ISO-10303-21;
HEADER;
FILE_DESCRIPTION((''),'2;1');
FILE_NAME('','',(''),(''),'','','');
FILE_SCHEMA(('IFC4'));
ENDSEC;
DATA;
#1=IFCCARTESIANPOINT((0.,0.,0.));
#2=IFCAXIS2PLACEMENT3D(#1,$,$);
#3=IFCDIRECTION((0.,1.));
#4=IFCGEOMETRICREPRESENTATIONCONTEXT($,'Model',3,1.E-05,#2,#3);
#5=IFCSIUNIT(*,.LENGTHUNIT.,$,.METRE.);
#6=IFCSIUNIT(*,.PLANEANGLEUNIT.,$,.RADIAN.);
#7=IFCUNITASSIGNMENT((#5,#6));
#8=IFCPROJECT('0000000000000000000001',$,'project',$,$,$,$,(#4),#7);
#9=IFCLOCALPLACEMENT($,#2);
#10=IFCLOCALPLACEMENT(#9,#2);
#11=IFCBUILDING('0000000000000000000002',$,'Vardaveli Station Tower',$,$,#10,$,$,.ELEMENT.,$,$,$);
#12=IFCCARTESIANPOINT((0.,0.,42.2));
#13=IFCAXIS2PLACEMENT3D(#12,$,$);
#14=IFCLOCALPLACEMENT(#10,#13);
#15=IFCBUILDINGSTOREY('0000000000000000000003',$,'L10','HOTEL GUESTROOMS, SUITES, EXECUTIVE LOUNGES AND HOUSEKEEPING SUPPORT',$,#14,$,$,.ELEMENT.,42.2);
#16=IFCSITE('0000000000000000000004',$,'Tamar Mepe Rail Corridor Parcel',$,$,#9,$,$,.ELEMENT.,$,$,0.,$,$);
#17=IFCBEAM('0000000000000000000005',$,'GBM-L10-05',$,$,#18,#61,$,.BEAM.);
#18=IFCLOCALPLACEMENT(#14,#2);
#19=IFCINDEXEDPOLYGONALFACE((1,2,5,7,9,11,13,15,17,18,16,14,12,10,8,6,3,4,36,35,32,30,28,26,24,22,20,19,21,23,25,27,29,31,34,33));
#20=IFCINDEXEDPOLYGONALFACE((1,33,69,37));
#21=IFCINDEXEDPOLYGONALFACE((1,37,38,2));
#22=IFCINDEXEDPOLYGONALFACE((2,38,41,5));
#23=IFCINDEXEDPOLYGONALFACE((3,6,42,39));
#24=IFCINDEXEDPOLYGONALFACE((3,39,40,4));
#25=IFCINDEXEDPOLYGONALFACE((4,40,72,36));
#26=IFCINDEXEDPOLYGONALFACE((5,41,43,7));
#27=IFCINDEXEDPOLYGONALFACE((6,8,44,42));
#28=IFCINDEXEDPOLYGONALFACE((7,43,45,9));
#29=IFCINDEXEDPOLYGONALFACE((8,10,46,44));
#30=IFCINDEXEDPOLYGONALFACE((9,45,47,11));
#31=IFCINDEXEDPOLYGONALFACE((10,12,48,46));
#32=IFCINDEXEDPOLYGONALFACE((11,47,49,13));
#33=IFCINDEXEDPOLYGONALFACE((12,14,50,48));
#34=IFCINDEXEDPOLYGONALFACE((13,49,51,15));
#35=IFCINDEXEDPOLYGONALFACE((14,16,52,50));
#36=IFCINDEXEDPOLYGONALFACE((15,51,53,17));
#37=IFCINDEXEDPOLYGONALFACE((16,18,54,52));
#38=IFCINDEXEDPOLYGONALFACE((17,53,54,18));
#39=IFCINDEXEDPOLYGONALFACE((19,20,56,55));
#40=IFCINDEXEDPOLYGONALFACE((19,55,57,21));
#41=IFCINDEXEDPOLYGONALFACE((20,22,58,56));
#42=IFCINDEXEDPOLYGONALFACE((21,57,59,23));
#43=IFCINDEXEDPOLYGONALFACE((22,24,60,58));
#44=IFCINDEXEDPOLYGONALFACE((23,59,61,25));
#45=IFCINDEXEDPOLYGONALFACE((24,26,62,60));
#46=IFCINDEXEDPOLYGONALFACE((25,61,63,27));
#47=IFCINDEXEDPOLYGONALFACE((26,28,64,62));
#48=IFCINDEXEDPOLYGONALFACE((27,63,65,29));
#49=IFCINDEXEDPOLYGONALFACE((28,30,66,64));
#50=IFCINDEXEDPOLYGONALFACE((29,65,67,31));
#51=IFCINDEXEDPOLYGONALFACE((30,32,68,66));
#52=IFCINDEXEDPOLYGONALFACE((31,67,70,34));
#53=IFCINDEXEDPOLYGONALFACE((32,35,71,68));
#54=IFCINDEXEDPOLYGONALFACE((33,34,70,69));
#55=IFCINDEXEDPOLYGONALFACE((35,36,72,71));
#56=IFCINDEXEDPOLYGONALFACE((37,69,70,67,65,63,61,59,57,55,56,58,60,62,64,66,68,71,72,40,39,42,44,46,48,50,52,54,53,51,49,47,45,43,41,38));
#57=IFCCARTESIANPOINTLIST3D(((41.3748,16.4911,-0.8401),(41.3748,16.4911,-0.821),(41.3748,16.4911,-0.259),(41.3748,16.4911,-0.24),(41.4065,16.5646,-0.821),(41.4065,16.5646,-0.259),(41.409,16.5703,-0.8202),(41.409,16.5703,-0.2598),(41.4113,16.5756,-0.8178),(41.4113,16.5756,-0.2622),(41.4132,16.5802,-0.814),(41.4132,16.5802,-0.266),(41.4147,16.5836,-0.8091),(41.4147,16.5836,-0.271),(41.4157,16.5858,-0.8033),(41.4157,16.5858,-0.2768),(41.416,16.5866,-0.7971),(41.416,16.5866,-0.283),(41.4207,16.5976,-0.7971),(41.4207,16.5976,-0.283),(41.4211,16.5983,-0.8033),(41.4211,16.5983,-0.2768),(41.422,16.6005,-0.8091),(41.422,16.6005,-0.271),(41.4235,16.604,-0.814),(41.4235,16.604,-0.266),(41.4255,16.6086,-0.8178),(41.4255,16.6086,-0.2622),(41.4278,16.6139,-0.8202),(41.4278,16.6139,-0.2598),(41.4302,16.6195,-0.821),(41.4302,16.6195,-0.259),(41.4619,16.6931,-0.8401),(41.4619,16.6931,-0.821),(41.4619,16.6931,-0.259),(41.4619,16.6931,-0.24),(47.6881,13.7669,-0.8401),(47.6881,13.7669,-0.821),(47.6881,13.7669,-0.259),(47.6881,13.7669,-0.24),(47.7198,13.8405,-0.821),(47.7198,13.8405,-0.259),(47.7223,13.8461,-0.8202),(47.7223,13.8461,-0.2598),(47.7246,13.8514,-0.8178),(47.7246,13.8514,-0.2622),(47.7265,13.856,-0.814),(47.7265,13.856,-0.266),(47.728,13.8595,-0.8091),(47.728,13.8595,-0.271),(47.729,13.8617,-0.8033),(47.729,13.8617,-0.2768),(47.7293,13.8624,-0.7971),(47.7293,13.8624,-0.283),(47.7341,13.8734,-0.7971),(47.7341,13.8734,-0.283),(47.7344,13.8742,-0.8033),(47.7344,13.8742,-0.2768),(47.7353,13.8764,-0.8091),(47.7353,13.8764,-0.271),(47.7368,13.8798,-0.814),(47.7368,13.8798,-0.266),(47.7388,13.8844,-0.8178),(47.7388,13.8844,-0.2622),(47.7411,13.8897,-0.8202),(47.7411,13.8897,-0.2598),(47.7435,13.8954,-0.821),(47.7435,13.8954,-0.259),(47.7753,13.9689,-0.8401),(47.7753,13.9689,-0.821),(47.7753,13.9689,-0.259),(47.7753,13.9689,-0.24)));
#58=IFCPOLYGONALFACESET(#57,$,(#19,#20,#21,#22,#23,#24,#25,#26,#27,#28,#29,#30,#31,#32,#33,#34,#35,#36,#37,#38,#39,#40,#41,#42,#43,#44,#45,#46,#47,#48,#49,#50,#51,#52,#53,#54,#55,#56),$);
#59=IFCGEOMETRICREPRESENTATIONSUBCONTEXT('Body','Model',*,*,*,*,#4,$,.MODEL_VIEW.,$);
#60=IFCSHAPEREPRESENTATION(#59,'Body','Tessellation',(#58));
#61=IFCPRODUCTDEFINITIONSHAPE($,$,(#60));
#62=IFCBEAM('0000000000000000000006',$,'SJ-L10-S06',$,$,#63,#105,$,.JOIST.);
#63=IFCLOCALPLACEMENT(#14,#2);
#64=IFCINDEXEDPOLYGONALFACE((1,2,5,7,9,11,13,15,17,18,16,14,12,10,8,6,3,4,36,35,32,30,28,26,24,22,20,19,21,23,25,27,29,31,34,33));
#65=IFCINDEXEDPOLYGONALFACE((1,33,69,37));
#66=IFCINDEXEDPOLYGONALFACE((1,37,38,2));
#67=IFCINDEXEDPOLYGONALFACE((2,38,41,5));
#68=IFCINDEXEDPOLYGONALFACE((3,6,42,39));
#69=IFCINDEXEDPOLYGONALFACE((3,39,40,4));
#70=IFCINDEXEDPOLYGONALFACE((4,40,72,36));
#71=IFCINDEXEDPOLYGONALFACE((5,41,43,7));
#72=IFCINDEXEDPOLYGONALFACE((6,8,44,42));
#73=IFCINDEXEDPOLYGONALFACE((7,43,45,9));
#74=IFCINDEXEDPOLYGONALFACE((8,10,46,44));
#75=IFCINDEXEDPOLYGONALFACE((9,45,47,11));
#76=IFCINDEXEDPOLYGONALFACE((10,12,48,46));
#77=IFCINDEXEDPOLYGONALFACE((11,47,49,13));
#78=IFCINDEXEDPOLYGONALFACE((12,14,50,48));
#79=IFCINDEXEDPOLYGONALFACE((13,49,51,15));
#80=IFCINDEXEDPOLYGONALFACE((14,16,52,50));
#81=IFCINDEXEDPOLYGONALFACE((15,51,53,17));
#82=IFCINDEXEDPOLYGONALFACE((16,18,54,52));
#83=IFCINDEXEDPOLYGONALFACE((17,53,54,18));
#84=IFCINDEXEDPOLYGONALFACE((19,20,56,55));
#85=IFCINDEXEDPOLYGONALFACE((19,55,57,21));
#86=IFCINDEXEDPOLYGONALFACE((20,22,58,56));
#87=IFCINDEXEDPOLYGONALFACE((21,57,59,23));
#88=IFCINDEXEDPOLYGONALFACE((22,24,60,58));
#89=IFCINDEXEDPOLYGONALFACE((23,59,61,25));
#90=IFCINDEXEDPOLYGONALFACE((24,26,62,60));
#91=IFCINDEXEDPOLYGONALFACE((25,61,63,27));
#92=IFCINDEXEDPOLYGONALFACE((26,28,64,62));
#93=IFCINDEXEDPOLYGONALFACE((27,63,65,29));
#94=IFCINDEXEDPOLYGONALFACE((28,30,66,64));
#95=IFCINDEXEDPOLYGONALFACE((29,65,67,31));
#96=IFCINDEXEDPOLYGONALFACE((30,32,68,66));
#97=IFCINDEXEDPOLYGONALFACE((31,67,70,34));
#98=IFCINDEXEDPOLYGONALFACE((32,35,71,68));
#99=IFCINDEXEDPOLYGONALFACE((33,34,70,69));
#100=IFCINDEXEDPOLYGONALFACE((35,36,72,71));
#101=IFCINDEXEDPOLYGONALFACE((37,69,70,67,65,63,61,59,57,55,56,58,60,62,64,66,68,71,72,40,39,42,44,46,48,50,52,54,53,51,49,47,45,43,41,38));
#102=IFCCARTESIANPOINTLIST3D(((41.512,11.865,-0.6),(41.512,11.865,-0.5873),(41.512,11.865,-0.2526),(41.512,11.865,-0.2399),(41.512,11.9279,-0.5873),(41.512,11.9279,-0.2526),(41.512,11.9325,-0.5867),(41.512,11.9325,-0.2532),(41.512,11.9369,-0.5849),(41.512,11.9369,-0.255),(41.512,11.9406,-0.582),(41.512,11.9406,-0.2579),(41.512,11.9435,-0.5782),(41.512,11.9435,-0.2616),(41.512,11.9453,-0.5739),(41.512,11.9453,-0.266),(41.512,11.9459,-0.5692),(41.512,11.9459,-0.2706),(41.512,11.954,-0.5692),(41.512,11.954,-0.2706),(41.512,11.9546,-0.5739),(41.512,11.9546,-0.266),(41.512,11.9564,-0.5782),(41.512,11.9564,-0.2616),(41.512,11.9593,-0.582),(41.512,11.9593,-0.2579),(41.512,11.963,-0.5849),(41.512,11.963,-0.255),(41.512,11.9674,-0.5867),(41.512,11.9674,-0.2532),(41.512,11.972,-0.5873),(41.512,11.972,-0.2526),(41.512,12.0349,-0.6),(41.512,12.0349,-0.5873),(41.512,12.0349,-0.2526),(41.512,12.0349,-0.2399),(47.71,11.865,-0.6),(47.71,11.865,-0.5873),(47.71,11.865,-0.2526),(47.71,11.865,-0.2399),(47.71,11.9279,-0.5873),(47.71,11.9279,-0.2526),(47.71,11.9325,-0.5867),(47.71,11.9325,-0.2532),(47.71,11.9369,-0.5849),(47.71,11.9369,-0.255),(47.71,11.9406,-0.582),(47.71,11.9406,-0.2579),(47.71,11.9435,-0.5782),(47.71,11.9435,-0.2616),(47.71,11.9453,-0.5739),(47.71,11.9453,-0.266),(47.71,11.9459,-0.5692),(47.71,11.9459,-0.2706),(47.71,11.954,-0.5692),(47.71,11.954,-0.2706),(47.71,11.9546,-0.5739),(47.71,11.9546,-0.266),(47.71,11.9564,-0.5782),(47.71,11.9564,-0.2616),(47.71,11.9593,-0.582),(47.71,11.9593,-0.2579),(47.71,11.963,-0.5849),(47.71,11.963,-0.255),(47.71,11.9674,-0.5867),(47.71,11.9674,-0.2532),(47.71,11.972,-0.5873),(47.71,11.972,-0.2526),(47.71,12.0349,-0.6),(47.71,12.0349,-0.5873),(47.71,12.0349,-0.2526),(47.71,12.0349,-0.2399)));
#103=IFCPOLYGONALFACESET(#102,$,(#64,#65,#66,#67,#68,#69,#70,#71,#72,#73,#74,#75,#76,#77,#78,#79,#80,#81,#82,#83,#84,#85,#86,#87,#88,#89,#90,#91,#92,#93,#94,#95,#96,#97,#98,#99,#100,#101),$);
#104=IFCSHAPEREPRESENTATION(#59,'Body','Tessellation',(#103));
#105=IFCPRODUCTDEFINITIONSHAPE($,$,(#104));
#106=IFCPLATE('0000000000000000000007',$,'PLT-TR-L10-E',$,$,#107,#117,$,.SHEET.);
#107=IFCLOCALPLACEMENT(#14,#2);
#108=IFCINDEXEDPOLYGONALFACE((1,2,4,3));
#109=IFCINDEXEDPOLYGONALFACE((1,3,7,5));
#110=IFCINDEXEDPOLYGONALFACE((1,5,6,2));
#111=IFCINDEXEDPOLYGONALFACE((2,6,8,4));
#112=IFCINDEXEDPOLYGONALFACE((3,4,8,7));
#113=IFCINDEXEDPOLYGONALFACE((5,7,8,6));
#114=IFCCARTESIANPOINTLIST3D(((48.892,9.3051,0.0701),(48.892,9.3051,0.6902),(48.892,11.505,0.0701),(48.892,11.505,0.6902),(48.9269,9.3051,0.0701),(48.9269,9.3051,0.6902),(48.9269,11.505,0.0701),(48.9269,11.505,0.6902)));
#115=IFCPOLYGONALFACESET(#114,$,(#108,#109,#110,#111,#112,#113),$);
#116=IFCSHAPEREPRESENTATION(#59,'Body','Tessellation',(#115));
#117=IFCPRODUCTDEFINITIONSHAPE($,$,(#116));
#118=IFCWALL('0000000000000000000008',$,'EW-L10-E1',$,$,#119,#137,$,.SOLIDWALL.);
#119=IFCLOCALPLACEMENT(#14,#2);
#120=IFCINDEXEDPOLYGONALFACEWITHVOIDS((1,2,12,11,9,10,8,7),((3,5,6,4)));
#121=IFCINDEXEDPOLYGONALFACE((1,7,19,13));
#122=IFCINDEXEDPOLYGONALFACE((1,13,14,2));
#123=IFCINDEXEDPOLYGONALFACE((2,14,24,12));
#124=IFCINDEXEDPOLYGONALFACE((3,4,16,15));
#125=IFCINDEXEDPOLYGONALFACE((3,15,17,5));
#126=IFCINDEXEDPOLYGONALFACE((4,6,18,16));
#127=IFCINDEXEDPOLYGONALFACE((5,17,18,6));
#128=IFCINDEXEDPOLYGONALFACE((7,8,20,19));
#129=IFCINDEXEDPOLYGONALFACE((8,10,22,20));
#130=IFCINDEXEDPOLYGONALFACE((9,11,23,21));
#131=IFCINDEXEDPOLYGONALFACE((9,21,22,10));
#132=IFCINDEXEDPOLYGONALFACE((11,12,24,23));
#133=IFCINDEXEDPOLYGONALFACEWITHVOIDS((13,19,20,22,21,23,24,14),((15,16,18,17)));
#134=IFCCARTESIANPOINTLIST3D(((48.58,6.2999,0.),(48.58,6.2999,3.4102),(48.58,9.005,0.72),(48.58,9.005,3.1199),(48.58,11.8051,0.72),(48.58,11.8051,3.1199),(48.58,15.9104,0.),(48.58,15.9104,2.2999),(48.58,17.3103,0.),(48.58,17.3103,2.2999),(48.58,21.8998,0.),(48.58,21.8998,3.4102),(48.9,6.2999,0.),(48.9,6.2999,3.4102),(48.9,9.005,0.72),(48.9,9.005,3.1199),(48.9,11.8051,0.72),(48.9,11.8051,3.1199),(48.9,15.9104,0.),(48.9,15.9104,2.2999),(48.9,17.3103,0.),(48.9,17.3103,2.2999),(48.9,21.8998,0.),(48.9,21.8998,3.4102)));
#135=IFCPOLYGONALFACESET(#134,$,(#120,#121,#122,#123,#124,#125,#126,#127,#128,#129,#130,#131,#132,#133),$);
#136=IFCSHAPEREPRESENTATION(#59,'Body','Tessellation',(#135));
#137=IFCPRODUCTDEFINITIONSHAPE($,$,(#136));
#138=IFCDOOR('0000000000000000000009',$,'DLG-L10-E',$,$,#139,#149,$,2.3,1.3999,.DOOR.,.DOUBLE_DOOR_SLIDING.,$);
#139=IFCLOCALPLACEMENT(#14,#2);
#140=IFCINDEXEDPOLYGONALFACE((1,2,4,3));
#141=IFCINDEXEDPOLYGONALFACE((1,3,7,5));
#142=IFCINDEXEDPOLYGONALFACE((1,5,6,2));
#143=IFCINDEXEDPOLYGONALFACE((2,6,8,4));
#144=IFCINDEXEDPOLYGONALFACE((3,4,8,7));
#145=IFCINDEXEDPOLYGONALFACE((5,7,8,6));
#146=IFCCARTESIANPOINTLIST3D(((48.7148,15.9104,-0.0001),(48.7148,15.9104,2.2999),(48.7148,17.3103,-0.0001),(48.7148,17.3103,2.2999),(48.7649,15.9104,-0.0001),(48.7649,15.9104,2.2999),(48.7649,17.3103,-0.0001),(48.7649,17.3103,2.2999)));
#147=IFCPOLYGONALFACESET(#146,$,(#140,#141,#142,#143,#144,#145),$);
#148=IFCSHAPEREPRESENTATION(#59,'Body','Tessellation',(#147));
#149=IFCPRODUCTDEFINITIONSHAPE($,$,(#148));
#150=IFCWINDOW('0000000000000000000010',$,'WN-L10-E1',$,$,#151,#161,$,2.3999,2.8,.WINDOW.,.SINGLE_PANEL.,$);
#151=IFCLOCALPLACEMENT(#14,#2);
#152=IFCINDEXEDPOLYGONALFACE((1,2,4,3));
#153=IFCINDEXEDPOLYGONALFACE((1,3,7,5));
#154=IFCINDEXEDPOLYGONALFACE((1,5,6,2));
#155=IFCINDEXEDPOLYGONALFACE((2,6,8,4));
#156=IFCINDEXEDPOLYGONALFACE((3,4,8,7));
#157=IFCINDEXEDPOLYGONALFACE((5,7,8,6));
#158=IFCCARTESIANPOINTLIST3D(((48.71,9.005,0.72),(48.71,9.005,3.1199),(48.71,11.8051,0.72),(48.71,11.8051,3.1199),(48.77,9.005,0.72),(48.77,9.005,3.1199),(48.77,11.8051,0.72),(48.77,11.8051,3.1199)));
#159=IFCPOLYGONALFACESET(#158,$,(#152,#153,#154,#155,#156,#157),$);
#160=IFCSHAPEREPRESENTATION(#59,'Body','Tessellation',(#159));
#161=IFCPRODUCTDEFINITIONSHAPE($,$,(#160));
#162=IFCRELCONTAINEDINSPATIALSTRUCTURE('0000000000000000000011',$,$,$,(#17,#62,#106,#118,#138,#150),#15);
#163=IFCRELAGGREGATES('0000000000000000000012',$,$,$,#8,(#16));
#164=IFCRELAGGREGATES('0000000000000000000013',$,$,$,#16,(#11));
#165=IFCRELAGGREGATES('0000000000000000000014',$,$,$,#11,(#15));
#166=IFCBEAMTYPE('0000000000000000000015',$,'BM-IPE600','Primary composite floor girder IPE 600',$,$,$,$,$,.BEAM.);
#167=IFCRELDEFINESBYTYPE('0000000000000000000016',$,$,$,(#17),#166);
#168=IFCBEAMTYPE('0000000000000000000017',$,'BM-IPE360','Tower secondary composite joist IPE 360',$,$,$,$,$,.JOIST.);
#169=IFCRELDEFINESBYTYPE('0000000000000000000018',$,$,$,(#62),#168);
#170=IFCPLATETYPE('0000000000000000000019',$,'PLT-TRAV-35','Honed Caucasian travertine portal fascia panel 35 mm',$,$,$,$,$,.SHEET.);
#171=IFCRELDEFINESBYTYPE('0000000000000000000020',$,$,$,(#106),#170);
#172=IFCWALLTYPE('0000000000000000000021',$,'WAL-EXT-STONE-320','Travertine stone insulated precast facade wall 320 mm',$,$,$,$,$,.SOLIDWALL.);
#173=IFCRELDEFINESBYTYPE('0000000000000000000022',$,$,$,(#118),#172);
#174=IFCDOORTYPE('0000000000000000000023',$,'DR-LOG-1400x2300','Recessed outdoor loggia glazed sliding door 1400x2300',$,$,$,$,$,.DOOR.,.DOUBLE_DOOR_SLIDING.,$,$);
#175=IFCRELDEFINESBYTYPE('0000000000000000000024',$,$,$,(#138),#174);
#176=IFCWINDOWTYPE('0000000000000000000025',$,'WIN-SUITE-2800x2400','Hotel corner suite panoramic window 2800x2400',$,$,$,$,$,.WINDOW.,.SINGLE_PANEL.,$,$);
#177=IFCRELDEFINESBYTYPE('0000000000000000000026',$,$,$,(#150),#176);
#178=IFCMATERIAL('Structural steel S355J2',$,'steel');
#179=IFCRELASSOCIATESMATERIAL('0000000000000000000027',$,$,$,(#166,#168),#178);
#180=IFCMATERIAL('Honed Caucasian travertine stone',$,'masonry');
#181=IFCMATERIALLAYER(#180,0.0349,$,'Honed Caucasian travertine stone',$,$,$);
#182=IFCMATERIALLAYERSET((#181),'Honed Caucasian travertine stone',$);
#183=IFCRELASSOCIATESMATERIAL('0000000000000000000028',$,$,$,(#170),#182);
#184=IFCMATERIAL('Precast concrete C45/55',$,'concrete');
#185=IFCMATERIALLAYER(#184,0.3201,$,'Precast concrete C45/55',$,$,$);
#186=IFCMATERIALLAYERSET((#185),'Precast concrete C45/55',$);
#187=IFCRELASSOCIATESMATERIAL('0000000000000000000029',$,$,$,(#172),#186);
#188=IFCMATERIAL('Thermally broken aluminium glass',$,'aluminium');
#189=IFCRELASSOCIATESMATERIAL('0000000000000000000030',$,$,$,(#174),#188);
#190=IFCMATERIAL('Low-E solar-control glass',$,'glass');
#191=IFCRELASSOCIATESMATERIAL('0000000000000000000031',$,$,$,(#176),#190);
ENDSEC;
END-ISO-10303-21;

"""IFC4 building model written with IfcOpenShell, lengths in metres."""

from ifc_helpers import new_model, si_unit, direction, frame, frame_2d, origin, origin_2d, place, context, subcontext, project, spatial, rectangle, i_section, extrude, source, transform, mapped, material, layer, layer_set, material_profile, profile_set, type_object, element, fill, save


model = new_model("IFC4")

# Units and contexts
model_context = context("Model", 3, precision=1e-05, world=origin(), true_north=direction((0.0, 1.0)))
body_context = subcontext(model_context, "Body", "Model", "MODEL_VIEW")
ifc_project = project(units=[si_unit("LENGTHUNIT", "METRE"), si_unit("PLANEANGLEUNIT", "RADIAN")], contexts=[model_context])

# Site, building, storey
site_placement = place(None, origin())
site = spatial("IfcSite", under=ifc_project, at=site_placement, Name="Tamar Mepe Rail Corridor Parcel", CompositionType="ELEMENT", RefElevation=0.0)
building_placement = place(site_placement, origin())
building = spatial("IfcBuilding", under=site, at=building_placement, Name="Vardaveli Station Tower", CompositionType="ELEMENT")
storey_placement = place(building_placement, frame((0.0, 0.0, 42.2)))
storey = spatial("IfcBuildingStorey", under=building, at=storey_placement, Name="L10", Description="HOTEL GUESTROOMS, SUITES, EXECUTIVE LOUNGES AND HOUSEKEEPING SUPPORT", CompositionType="ELEMENT", Elevation=42.2)

# Beams
ifc_material_1 = material(Name="Precast concrete C45/55", Category="concrete")
ifc_material_2 = material(Name="Structural steel S355J2", Category="steel")
ifc_material_profile_1 = material_profile(ifc_material_2, i_section(OverallWidth=0.22, OverallDepth=0.6001, WebThickness=0.012, FlangeThickness=0.019, FilletRadius=0.0239, at=origin_2d()), Name="IPE 600")
ifc_profile_set_1 = profile_set([ifc_material_profile_1], Name="Structural steel S355J2")
beam_type_1 = type_object("IfcBeamType", Name="BM-IPE600", Description="Primary composite floor girder IPE 600", PredefinedType="BEAM", material=ifc_profile_set_1)
shared_shape_1 = source(origin(), body_context, "Body", "SweptSolid", [
    extrude(i_section(OverallWidth=0.22, OverallDepth=0.6001, WebThickness=0.012, FlangeThickness=0.019, FilletRadius=0.0239, at=origin_2d()), origin(), (0.0, 0.0, 1.0), 6.876),
])
beam_1_placement = place(storey_placement, frame((47.7317, 13.8679, -0.54), z_axis=(-0.918171, 0.396185, 0.0), x_axis=(-0.396185, -0.918171, 0.0)))
element("IfcBeam", 1, at=beam_1_placement, inside=storey, type_object=beam_type_1, Name="GBM-L10-05", PredefinedType="BEAM", context=body_context, shape_type="MappedRepresentation", body=[
    mapped(shared_shape_1, transform((0.0, 0.0, 0.0), scale=1.0)),
])
ifc_material_profile_2 = material_profile(ifc_material_2, i_section(OverallWidth=0.1699, OverallDepth=0.3601, WebThickness=0.0081, FlangeThickness=0.0127, FilletRadius=0.0181, at=origin_2d()), Name="IPE 360")
ifc_profile_set_2 = profile_set([ifc_material_profile_2], Name="Structural steel S355J2")
beam_type_2 = type_object("IfcBeamType", Name="BM-IPE360", Description="Tower secondary composite joist IPE 360", PredefinedType="JOIST", material=ifc_profile_set_2)
shared_shape_2 = source(origin(), body_context, "Body", "SweptSolid", [
    extrude(i_section(OverallWidth=0.1699, OverallDepth=0.3601, WebThickness=0.0081, FlangeThickness=0.0127, FilletRadius=0.0181, at=origin_2d()), origin(), (0.0, 0.0, 1.0), 6.198),
])
beam_2_placement = place(storey_placement, frame((41.512, 11.95, -0.4199), z_axis=(1.0, 0.0, 0.0), x_axis=(0.0, 1.0, 0.0)))
element("IfcBeam", 2, at=beam_2_placement, inside=storey, type_object=beam_type_2, Name="SJ-L10-S06", PredefinedType="JOIST", context=body_context, shape_type="MappedRepresentation", body=[
    mapped(shared_shape_2, transform((0.0, 0.0, 0.0), scale=1.0)),
])

# Plate
ifc_material_3 = material(Name="Honed Caucasian travertine stone", Category="masonry")
ifc_layer_1 = layer(ifc_material_3, 0.0349, Name="Honed Caucasian travertine stone")
ifc_layer_set_1 = layer_set([ifc_layer_1], Name="Honed Caucasian travertine stone")
plate_type = type_object("IfcPlateType", Name="PLT-TRAV-35", Description="Honed Caucasian travertine portal fascia panel 35 mm", PredefinedType="SHEET", material=ifc_layer_set_1)
shared_shape_3 = source(origin(), body_context, "Body", "SweptSolid", [
    extrude(rectangle(XDim=2.2, YDim=0.0349, at=origin_2d()), origin(), (0.0, 0.0, 1.0), 0.6201),
])
plate_placement = place(storey_placement, frame((48.9094, 10.405, 0.0701), z_axis=(0.0, 0.0, 1.0), x_axis=(0.0, 1.0, 0.0)))
element("IfcPlate", 3, at=plate_placement, inside=storey, type_object=plate_type, Name="PLT-TR-L10-E", PredefinedType="SHEET", context=body_context, shape_type="MappedRepresentation", body=[
    mapped(shared_shape_3, transform((0.0, 0.0, 0.0), scale=1.0)),
])

# Wall, openings, door, window
ifc_layer_2 = layer(ifc_material_1, 0.3201, Name="Precast concrete C45/55")
ifc_layer_set_2 = layer_set([ifc_layer_2], Name="Precast concrete C45/55")
wall_type_1 = type_object("IfcWallType", Name="WAL-EXT-STONE-320", Description="Travertine stone insulated precast facade wall 320 mm", PredefinedType="SOLIDWALL", material=ifc_layer_set_2)
shared_shape_4 = source(origin(), body_context, "Body", "SweptSolid", [
    extrude(rectangle(XDim=15.5999, YDim=0.3201, at=frame_2d((7.7998, 0.0))), origin(), (0.0, 0.0, 1.0), 3.4102),
])
wall_1_placement = place(storey_placement, frame((48.74, 6.3, 0.0), z_axis=(0.0, 0.0, 1.0), x_axis=(0.0, 1.0, 0.0)))
wall_1 = element("IfcWall", 4, at=wall_1_placement, inside=storey, type_object=wall_type_1, Name="EW-L10-E1", PredefinedType="SOLIDWALL", context=body_context, shape_type="MappedRepresentation", body=[
    mapped(shared_shape_4, transform((0.0, 0.0, 0.0), scale=1.0)),
])
shared_shape_5 = source(origin(), body_context, "Body", "SweptSolid", [
    extrude(rectangle(XDim=1.3999, YDim=2.3, at=frame_2d((0.7, 1.1499))), frame((0.0, 0.1699, 0.0), z_axis=(0.0, -1.0, 0.0), x_axis=(1.0, 0.0, 0.0)), (0.0, 0.0, 1.0), 0.3401),
])
opening_1_placement = place(wall_1_placement, frame((9.6104, 0.0, 0.0)))
opening_1 = element("IfcOpeningElement", 5, at=opening_1_placement, cuts=wall_1, PredefinedType="OPENING", context=body_context, shape_type="MappedRepresentation", body=[
    mapped(shared_shape_5, transform((0.0, 0.0, 0.0), scale=1.0)),
])
shared_shape_6 = source(origin(), body_context, "Body", "SweptSolid", [
    extrude(rectangle(XDim=2.8, YDim=2.3999, at=frame_2d((1.3999, 1.2))), frame((0.0, 0.1699, 0.0), z_axis=(0.0, -1.0, 0.0), x_axis=(1.0, 0.0, 0.0)), (0.0, 0.0, 1.0), 0.3401),
])
opening_2_placement = place(wall_1_placement, frame((2.7051, 0.0, 0.72)))
opening_2 = element("IfcOpeningElement", 6, at=opening_2_placement, cuts=wall_1, PredefinedType="OPENING", context=body_context, shape_type="MappedRepresentation", body=[
    mapped(shared_shape_6, transform((0.0, 0.0, 0.0), scale=1.0)),
])
ifc_material_4 = material(Name="Thermally broken aluminium glass", Category="aluminium")
door_type_1 = type_object("IfcDoorType", Name="DR-LOG-1400x2300", Description="Recessed outdoor loggia glazed sliding door 1400x2300", OperationType="DOUBLE_DOOR_SLIDING", PredefinedType="DOOR", material=ifc_material_4)
shared_shape_7 = source(origin(), body_context, "Body", "SweptSolid", [
    extrude(rectangle(XDim=1.3999, YDim=2.3, at=frame_2d((0.7, 1.1499))), frame((0.0, 0.0249, 0.0), z_axis=(0.0, -1.0, 0.0), x_axis=(1.0, 0.0, 0.0)), (0.0, 0.0, 1.0), 0.05),
])
door_1_placement = place(opening_1_placement, frame((1.3999, 0.0, 0.0), z_axis=(0.0, 0.0, 1.0), x_axis=(-1.0, 0.0, 0.0)))
door_1 = element("IfcDoor", 7, at=door_1_placement, inside=storey, type_object=door_type_1, Name="DLG-L10-E", OperationType="DOUBLE_DOOR_SLIDING", OverallHeight=2.3, OverallWidth=1.3999, PredefinedType="DOOR", context=body_context, shape_type="MappedRepresentation", body=[
    mapped(shared_shape_7, transform((0.0, 0.0, 0.0), scale=1.0)),
])
fill(opening_1, door_1)
ifc_material_5 = material(Name="Low-E solar-control glass", Category="glass")
window_type = type_object("IfcWindowType", Name="WIN-SUITE-2800x2400", Description="Hotel corner suite panoramic window 2800x2400", PartitioningType="SINGLE_PANEL", PredefinedType="WINDOW", material=ifc_material_5)
shared_shape_8 = source(origin(), body_context, "Body", "SweptSolid", [
    extrude(rectangle(XDim=2.8, YDim=2.3999, at=frame_2d((1.3999, 1.2))), frame((0.0, 0.03, 0.0), z_axis=(0.0, -1.0, 0.0), x_axis=(1.0, 0.0, 0.0)), (0.0, 0.0, 1.0), 0.0601),
])
window_placement = place(opening_2_placement, origin())
window = element("IfcWindow", 8, at=window_placement, inside=storey, type_object=window_type, Name="WN-L10-E1", OverallHeight=2.3999, OverallWidth=2.8, PartitioningType="SINGLE_PANEL", PredefinedType="WINDOW", context=body_context, shape_type="MappedRepresentation", body=[
    mapped(shared_shape_8, transform((0.0, 0.0, 0.0), scale=1.0)),
])
fill(opening_2, window)

save(model, "model.ifc")
